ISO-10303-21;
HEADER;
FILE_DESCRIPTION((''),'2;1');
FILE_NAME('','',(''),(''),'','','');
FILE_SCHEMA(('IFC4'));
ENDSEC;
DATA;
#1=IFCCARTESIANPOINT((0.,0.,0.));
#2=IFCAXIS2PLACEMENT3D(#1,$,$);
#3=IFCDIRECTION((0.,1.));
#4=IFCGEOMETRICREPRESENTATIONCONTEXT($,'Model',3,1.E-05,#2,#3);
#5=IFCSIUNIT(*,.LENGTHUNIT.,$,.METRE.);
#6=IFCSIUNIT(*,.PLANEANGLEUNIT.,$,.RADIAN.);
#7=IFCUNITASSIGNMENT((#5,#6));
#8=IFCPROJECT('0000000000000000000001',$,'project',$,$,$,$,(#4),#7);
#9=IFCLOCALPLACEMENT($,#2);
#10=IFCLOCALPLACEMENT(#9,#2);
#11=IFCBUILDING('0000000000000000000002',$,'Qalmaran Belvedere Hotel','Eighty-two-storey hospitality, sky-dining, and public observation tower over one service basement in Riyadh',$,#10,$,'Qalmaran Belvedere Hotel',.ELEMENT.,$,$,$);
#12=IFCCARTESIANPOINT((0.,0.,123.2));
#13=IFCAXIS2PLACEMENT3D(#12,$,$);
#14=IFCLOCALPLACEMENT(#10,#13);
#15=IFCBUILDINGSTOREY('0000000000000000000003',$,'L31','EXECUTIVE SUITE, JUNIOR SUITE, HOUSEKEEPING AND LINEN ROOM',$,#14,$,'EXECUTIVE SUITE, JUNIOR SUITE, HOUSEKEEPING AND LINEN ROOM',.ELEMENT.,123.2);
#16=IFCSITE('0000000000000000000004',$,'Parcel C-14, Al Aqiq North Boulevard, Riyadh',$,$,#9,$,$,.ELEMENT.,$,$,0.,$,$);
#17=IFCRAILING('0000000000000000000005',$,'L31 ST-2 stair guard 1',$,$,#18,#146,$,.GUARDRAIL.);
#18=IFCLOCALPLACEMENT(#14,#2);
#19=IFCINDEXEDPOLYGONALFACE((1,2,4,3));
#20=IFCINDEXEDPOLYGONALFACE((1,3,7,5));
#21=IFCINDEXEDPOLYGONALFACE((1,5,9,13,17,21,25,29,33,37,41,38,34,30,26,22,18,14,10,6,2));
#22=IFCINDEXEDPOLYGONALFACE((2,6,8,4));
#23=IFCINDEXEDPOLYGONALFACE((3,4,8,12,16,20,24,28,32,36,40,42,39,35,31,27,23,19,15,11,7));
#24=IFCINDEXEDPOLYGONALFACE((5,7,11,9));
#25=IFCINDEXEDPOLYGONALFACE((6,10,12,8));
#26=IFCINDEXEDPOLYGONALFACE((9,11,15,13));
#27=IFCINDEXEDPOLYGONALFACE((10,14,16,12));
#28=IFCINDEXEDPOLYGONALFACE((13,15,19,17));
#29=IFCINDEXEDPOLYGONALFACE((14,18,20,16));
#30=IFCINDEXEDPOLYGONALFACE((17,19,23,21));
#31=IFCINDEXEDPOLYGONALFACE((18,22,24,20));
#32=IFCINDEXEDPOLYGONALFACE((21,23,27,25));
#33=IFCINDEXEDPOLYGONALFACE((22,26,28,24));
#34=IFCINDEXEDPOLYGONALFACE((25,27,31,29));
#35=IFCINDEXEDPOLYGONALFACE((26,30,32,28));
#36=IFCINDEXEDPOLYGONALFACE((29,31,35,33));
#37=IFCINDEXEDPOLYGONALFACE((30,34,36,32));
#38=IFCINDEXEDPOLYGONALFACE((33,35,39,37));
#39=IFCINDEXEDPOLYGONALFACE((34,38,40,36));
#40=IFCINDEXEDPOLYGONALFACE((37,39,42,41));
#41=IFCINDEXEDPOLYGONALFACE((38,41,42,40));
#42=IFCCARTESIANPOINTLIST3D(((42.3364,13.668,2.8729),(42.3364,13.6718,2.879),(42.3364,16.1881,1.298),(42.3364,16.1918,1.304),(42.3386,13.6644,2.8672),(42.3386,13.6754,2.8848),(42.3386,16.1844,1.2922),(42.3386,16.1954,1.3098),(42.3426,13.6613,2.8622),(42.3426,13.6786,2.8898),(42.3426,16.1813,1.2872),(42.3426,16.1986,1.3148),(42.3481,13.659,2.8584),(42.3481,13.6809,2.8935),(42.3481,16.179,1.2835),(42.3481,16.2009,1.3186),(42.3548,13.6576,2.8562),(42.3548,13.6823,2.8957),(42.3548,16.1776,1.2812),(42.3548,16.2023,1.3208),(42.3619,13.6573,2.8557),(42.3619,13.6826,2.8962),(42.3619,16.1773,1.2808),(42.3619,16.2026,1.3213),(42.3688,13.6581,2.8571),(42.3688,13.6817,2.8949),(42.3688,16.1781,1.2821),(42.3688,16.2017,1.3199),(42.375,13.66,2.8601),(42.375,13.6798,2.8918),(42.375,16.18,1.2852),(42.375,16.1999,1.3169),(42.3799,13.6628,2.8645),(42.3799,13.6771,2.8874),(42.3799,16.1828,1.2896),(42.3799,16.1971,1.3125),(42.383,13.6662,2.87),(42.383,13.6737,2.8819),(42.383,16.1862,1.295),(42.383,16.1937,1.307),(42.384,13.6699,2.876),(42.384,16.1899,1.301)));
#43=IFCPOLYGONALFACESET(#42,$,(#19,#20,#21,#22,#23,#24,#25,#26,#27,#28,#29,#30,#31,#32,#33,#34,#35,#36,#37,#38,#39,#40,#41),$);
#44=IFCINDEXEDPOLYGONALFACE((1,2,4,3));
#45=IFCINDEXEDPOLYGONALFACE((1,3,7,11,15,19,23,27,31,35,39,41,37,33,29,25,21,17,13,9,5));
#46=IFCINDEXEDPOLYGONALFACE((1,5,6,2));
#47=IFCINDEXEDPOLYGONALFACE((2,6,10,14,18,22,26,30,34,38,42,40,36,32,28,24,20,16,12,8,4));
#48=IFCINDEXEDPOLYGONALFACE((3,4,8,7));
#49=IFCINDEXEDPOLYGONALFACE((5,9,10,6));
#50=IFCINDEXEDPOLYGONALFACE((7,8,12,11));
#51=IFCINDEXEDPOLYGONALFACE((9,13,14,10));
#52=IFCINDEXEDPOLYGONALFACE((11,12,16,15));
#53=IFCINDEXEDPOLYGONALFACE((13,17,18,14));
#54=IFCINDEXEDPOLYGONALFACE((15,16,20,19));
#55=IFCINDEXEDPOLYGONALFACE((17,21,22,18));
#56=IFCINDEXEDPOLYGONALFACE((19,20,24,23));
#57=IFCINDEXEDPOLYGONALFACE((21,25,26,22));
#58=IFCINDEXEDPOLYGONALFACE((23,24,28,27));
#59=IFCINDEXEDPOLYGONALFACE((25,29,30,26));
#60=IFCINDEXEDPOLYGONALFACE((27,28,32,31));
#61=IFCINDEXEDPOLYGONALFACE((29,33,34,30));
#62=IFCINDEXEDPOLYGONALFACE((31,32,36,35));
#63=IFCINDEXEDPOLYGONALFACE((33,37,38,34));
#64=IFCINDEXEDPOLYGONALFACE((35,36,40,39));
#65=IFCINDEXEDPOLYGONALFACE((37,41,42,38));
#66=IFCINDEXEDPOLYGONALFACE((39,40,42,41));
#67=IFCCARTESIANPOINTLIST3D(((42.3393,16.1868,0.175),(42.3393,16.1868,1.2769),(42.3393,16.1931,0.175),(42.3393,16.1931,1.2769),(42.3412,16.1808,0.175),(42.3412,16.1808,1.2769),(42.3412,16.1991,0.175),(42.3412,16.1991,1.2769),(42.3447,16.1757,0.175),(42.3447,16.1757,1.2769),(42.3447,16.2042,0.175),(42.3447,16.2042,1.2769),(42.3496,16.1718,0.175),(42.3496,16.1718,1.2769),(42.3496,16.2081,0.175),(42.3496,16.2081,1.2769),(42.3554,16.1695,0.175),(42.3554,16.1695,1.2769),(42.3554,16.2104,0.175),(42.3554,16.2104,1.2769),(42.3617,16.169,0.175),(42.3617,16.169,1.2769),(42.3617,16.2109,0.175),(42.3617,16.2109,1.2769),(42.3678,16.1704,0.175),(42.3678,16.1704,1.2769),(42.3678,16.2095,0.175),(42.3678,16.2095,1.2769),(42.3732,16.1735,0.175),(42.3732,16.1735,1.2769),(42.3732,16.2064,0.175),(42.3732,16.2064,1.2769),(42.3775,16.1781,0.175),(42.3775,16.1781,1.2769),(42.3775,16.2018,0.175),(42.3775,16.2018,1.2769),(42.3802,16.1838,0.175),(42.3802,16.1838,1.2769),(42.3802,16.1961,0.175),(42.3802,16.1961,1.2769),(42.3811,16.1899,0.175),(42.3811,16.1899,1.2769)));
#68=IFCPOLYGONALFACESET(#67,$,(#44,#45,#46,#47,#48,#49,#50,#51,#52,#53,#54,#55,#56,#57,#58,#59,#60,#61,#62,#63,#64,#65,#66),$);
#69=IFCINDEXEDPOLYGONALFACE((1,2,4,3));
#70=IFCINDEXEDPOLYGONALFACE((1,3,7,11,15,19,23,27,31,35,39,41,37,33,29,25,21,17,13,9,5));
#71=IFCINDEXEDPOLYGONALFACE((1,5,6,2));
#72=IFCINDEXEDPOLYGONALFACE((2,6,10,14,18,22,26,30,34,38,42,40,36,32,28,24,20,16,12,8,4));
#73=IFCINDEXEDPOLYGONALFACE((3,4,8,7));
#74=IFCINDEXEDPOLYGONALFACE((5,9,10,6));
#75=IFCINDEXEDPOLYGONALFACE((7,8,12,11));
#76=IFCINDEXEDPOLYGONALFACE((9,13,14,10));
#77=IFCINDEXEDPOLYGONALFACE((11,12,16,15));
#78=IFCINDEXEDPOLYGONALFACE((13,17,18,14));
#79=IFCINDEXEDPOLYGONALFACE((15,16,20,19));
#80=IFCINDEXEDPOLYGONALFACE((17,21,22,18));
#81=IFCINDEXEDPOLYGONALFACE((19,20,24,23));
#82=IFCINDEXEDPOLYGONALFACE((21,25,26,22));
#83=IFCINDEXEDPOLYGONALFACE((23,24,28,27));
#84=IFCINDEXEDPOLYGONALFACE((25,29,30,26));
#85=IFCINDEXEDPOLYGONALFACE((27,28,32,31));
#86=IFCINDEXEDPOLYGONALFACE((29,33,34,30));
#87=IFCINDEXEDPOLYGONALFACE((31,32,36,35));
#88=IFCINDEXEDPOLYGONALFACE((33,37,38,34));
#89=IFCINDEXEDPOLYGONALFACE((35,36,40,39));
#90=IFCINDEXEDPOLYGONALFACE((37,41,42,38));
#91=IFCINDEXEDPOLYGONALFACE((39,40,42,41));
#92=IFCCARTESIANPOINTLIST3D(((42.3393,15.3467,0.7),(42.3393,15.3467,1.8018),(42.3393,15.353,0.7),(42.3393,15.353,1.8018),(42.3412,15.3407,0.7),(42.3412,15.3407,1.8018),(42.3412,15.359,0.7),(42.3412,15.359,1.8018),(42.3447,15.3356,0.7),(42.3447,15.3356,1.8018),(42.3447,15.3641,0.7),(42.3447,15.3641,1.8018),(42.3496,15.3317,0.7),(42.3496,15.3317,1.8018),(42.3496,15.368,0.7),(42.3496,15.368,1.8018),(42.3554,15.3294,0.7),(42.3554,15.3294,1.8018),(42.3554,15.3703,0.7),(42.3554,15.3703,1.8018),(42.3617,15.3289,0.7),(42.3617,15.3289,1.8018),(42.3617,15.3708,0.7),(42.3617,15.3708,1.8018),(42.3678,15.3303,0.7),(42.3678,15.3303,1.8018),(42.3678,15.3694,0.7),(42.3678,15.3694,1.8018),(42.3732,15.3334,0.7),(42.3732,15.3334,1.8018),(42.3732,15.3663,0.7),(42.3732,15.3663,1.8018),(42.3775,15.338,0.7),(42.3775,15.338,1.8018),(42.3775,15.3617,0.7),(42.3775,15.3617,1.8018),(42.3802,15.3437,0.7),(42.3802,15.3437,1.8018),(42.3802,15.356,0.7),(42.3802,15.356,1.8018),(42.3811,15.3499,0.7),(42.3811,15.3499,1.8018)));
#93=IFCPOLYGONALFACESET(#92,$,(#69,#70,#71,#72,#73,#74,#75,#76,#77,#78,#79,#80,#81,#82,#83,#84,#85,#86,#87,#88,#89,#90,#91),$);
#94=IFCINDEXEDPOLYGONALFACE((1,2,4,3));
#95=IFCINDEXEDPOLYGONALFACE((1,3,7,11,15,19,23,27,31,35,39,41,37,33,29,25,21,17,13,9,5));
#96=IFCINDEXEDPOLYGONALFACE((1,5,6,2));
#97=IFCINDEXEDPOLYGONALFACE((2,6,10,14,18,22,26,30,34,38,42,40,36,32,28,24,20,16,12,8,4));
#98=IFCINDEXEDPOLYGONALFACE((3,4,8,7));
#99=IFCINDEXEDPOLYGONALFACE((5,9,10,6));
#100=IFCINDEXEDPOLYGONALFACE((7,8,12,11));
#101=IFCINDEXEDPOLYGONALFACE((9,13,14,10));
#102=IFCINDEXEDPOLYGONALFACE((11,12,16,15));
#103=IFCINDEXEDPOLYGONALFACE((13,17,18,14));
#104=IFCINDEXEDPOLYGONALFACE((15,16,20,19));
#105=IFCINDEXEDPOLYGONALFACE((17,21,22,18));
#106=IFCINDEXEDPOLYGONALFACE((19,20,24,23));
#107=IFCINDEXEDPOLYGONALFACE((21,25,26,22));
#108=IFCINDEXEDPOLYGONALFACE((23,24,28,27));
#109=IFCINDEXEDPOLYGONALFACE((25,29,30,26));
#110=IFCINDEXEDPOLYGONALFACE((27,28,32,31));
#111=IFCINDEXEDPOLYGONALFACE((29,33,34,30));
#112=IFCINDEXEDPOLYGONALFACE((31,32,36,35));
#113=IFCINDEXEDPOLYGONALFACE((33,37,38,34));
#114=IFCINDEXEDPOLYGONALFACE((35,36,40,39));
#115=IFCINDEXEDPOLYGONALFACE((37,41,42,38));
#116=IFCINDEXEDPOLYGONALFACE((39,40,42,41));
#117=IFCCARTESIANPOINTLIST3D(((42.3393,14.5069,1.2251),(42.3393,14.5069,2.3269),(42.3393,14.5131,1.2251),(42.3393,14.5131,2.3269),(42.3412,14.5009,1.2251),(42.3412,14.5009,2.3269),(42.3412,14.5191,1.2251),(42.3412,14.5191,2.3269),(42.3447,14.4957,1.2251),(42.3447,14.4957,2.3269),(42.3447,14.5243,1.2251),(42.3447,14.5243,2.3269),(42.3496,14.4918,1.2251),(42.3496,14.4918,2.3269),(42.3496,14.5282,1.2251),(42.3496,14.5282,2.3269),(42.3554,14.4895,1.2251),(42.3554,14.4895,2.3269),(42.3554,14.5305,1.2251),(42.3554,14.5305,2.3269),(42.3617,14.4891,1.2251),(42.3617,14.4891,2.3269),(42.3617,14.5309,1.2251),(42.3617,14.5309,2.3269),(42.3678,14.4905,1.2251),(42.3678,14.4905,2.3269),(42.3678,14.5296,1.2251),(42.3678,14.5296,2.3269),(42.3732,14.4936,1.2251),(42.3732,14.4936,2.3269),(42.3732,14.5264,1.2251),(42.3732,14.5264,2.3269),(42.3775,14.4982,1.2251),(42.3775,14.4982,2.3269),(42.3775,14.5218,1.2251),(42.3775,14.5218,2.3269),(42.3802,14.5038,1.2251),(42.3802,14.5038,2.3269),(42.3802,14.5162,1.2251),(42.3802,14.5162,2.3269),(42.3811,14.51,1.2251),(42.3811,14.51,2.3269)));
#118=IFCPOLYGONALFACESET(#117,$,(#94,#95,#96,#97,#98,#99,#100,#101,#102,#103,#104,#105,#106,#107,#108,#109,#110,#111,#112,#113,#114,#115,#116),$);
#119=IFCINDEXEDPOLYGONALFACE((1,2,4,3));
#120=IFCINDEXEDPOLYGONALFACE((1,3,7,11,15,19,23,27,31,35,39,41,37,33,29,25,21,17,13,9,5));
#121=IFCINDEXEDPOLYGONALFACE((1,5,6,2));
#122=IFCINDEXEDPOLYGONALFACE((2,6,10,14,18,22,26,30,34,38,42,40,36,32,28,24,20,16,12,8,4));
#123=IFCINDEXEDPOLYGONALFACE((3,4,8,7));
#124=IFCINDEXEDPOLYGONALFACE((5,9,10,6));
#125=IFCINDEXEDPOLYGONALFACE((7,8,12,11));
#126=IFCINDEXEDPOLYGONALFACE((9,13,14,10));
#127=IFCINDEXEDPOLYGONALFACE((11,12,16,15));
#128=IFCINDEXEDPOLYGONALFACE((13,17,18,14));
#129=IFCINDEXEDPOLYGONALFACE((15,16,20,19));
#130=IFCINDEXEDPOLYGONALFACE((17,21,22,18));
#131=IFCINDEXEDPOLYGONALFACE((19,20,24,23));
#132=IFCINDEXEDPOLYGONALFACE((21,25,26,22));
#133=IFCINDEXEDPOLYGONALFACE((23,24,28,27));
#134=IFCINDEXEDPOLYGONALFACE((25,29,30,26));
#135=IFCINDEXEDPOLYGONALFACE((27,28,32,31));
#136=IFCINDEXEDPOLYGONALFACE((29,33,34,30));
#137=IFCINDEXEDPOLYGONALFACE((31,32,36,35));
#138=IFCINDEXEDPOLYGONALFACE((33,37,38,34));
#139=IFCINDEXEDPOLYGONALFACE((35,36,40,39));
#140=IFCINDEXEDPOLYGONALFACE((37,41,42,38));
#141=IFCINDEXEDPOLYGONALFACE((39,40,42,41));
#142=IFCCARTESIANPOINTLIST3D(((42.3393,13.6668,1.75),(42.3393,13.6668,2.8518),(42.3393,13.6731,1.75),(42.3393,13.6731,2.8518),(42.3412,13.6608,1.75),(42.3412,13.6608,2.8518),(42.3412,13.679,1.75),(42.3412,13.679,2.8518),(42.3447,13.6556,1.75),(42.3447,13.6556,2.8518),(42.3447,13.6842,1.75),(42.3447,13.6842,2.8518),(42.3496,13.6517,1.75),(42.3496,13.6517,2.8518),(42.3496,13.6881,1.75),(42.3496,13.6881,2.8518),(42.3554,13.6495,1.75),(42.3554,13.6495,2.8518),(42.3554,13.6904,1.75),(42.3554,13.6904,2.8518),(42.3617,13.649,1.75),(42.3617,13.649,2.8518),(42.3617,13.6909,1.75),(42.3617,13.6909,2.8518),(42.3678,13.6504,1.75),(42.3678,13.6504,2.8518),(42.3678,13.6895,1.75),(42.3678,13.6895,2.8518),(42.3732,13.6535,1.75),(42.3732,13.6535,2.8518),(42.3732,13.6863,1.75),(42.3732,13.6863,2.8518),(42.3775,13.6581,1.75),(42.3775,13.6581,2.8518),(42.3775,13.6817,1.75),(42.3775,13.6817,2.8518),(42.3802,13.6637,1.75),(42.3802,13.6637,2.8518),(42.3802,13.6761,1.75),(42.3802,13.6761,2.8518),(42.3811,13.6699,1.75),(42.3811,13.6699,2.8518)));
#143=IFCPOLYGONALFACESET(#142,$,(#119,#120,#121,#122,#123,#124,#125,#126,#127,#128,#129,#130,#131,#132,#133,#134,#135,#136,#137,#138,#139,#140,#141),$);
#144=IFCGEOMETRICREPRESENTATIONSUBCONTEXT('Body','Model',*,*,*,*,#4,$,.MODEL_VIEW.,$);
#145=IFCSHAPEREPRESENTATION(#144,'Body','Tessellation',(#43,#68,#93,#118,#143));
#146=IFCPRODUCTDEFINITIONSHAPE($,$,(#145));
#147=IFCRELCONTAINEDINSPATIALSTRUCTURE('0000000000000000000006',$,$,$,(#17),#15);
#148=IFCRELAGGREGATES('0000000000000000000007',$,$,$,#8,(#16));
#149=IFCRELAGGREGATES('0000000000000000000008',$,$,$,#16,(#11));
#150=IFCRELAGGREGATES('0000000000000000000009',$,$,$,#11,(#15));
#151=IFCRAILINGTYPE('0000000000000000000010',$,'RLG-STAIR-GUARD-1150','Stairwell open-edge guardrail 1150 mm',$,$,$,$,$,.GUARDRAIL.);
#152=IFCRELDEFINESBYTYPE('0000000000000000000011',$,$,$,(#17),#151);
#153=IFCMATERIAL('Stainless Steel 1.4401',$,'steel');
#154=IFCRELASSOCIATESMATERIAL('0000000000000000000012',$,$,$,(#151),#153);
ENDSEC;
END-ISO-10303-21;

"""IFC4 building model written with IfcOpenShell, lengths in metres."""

from ifc_helpers import new_model, si_unit, direction, frame, origin, origin_2d, place, context, subcontext, project, spatial, circle, extrude, material, type_object, element, save


model = new_model("IFC4")

# Units and contexts
model_context = context("Model", 3, precision=1e-05, world=origin(), true_north=direction((0.0, 1.0)))
body_context = subcontext(model_context, "Body", "Model", "MODEL_VIEW")
ifc_project = project(units=[si_unit("LENGTHUNIT", "METRE"), si_unit("PLANEANGLEUNIT", "RADIAN")], contexts=[model_context])

# Site, building, storey
site_placement = place(None, origin())
site = spatial("IfcSite", under=ifc_project, at=site_placement, Name="Parcel C-14, Al Aqiq North Boulevard, Riyadh", CompositionType="ELEMENT", RefElevation=0.0)
building_placement = place(site_placement, origin())
building = spatial("IfcBuilding", under=site, at=building_placement, Name="Qalmaran Belvedere Hotel", Description="Eighty-two-storey hospitality, sky-dining, and public observation tower over one service basement in Riyadh", LongName="Qalmaran Belvedere Hotel", CompositionType="ELEMENT")
storey_placement = place(building_placement, frame((0.0, 0.0, 123.2)))
storey = spatial("IfcBuildingStorey", under=building, at=storey_placement, Name="L31", Description="EXECUTIVE SUITE, JUNIOR SUITE, HOUSEKEEPING AND LINEN ROOM", LongName="EXECUTIVE SUITE, JUNIOR SUITE, HOUSEKEEPING AND LINEN ROOM", CompositionType="ELEMENT", Elevation=123.2)

# Shared definitions
ifc_material_1 = material(Name="Stainless Steel 1.4401", Category="steel")

# Railing
railing_type_1 = type_object("IfcRailingType", Name="RLG-STAIR-GUARD-1150", Description="Stairwell open-edge guardrail 1150 mm", PredefinedType="GUARDRAIL", material=ifc_material_1)
railing_1_placement = place(storey_placement, frame((42.3601, 16.1899, 0.175)))
element("IfcRailing", 1, at=railing_1_placement, inside=storey, type_object=railing_type_1, Name="L31 ST-2 stair guard 1", PredefinedType="GUARDRAIL", context=body_context, shape_type="SweptSolid", body=[
    extrude(circle(Radius=0.0239, at=origin_2d()), frame((0.0, 0.0, 1.126), z_axis=(0.0, -0.848008, 0.529984), x_axis=(1.0, 0.0, 0.0)), (0.0, 0.0, 1.0), 2.9717),
    extrude(circle(Radius=0.021, at=origin_2d()), origin(), (0.0, 0.0, 1.0), 1.1018),
    extrude(circle(Radius=0.021, at=origin_2d()), frame((0.0, -0.8401, 0.5249)), (0.0, 0.0, 1.0), 1.1018),
    extrude(circle(Radius=0.021, at=origin_2d()), frame((0.0, -1.6799, 1.05)), (0.0, 0.0, 1.0), 1.1018),
    extrude(circle(Radius=0.021, at=origin_2d()), frame((0.0, -2.52, 1.575)), (0.0, 0.0, 1.0), 1.1018),
])

save(model, "model.ifc")
